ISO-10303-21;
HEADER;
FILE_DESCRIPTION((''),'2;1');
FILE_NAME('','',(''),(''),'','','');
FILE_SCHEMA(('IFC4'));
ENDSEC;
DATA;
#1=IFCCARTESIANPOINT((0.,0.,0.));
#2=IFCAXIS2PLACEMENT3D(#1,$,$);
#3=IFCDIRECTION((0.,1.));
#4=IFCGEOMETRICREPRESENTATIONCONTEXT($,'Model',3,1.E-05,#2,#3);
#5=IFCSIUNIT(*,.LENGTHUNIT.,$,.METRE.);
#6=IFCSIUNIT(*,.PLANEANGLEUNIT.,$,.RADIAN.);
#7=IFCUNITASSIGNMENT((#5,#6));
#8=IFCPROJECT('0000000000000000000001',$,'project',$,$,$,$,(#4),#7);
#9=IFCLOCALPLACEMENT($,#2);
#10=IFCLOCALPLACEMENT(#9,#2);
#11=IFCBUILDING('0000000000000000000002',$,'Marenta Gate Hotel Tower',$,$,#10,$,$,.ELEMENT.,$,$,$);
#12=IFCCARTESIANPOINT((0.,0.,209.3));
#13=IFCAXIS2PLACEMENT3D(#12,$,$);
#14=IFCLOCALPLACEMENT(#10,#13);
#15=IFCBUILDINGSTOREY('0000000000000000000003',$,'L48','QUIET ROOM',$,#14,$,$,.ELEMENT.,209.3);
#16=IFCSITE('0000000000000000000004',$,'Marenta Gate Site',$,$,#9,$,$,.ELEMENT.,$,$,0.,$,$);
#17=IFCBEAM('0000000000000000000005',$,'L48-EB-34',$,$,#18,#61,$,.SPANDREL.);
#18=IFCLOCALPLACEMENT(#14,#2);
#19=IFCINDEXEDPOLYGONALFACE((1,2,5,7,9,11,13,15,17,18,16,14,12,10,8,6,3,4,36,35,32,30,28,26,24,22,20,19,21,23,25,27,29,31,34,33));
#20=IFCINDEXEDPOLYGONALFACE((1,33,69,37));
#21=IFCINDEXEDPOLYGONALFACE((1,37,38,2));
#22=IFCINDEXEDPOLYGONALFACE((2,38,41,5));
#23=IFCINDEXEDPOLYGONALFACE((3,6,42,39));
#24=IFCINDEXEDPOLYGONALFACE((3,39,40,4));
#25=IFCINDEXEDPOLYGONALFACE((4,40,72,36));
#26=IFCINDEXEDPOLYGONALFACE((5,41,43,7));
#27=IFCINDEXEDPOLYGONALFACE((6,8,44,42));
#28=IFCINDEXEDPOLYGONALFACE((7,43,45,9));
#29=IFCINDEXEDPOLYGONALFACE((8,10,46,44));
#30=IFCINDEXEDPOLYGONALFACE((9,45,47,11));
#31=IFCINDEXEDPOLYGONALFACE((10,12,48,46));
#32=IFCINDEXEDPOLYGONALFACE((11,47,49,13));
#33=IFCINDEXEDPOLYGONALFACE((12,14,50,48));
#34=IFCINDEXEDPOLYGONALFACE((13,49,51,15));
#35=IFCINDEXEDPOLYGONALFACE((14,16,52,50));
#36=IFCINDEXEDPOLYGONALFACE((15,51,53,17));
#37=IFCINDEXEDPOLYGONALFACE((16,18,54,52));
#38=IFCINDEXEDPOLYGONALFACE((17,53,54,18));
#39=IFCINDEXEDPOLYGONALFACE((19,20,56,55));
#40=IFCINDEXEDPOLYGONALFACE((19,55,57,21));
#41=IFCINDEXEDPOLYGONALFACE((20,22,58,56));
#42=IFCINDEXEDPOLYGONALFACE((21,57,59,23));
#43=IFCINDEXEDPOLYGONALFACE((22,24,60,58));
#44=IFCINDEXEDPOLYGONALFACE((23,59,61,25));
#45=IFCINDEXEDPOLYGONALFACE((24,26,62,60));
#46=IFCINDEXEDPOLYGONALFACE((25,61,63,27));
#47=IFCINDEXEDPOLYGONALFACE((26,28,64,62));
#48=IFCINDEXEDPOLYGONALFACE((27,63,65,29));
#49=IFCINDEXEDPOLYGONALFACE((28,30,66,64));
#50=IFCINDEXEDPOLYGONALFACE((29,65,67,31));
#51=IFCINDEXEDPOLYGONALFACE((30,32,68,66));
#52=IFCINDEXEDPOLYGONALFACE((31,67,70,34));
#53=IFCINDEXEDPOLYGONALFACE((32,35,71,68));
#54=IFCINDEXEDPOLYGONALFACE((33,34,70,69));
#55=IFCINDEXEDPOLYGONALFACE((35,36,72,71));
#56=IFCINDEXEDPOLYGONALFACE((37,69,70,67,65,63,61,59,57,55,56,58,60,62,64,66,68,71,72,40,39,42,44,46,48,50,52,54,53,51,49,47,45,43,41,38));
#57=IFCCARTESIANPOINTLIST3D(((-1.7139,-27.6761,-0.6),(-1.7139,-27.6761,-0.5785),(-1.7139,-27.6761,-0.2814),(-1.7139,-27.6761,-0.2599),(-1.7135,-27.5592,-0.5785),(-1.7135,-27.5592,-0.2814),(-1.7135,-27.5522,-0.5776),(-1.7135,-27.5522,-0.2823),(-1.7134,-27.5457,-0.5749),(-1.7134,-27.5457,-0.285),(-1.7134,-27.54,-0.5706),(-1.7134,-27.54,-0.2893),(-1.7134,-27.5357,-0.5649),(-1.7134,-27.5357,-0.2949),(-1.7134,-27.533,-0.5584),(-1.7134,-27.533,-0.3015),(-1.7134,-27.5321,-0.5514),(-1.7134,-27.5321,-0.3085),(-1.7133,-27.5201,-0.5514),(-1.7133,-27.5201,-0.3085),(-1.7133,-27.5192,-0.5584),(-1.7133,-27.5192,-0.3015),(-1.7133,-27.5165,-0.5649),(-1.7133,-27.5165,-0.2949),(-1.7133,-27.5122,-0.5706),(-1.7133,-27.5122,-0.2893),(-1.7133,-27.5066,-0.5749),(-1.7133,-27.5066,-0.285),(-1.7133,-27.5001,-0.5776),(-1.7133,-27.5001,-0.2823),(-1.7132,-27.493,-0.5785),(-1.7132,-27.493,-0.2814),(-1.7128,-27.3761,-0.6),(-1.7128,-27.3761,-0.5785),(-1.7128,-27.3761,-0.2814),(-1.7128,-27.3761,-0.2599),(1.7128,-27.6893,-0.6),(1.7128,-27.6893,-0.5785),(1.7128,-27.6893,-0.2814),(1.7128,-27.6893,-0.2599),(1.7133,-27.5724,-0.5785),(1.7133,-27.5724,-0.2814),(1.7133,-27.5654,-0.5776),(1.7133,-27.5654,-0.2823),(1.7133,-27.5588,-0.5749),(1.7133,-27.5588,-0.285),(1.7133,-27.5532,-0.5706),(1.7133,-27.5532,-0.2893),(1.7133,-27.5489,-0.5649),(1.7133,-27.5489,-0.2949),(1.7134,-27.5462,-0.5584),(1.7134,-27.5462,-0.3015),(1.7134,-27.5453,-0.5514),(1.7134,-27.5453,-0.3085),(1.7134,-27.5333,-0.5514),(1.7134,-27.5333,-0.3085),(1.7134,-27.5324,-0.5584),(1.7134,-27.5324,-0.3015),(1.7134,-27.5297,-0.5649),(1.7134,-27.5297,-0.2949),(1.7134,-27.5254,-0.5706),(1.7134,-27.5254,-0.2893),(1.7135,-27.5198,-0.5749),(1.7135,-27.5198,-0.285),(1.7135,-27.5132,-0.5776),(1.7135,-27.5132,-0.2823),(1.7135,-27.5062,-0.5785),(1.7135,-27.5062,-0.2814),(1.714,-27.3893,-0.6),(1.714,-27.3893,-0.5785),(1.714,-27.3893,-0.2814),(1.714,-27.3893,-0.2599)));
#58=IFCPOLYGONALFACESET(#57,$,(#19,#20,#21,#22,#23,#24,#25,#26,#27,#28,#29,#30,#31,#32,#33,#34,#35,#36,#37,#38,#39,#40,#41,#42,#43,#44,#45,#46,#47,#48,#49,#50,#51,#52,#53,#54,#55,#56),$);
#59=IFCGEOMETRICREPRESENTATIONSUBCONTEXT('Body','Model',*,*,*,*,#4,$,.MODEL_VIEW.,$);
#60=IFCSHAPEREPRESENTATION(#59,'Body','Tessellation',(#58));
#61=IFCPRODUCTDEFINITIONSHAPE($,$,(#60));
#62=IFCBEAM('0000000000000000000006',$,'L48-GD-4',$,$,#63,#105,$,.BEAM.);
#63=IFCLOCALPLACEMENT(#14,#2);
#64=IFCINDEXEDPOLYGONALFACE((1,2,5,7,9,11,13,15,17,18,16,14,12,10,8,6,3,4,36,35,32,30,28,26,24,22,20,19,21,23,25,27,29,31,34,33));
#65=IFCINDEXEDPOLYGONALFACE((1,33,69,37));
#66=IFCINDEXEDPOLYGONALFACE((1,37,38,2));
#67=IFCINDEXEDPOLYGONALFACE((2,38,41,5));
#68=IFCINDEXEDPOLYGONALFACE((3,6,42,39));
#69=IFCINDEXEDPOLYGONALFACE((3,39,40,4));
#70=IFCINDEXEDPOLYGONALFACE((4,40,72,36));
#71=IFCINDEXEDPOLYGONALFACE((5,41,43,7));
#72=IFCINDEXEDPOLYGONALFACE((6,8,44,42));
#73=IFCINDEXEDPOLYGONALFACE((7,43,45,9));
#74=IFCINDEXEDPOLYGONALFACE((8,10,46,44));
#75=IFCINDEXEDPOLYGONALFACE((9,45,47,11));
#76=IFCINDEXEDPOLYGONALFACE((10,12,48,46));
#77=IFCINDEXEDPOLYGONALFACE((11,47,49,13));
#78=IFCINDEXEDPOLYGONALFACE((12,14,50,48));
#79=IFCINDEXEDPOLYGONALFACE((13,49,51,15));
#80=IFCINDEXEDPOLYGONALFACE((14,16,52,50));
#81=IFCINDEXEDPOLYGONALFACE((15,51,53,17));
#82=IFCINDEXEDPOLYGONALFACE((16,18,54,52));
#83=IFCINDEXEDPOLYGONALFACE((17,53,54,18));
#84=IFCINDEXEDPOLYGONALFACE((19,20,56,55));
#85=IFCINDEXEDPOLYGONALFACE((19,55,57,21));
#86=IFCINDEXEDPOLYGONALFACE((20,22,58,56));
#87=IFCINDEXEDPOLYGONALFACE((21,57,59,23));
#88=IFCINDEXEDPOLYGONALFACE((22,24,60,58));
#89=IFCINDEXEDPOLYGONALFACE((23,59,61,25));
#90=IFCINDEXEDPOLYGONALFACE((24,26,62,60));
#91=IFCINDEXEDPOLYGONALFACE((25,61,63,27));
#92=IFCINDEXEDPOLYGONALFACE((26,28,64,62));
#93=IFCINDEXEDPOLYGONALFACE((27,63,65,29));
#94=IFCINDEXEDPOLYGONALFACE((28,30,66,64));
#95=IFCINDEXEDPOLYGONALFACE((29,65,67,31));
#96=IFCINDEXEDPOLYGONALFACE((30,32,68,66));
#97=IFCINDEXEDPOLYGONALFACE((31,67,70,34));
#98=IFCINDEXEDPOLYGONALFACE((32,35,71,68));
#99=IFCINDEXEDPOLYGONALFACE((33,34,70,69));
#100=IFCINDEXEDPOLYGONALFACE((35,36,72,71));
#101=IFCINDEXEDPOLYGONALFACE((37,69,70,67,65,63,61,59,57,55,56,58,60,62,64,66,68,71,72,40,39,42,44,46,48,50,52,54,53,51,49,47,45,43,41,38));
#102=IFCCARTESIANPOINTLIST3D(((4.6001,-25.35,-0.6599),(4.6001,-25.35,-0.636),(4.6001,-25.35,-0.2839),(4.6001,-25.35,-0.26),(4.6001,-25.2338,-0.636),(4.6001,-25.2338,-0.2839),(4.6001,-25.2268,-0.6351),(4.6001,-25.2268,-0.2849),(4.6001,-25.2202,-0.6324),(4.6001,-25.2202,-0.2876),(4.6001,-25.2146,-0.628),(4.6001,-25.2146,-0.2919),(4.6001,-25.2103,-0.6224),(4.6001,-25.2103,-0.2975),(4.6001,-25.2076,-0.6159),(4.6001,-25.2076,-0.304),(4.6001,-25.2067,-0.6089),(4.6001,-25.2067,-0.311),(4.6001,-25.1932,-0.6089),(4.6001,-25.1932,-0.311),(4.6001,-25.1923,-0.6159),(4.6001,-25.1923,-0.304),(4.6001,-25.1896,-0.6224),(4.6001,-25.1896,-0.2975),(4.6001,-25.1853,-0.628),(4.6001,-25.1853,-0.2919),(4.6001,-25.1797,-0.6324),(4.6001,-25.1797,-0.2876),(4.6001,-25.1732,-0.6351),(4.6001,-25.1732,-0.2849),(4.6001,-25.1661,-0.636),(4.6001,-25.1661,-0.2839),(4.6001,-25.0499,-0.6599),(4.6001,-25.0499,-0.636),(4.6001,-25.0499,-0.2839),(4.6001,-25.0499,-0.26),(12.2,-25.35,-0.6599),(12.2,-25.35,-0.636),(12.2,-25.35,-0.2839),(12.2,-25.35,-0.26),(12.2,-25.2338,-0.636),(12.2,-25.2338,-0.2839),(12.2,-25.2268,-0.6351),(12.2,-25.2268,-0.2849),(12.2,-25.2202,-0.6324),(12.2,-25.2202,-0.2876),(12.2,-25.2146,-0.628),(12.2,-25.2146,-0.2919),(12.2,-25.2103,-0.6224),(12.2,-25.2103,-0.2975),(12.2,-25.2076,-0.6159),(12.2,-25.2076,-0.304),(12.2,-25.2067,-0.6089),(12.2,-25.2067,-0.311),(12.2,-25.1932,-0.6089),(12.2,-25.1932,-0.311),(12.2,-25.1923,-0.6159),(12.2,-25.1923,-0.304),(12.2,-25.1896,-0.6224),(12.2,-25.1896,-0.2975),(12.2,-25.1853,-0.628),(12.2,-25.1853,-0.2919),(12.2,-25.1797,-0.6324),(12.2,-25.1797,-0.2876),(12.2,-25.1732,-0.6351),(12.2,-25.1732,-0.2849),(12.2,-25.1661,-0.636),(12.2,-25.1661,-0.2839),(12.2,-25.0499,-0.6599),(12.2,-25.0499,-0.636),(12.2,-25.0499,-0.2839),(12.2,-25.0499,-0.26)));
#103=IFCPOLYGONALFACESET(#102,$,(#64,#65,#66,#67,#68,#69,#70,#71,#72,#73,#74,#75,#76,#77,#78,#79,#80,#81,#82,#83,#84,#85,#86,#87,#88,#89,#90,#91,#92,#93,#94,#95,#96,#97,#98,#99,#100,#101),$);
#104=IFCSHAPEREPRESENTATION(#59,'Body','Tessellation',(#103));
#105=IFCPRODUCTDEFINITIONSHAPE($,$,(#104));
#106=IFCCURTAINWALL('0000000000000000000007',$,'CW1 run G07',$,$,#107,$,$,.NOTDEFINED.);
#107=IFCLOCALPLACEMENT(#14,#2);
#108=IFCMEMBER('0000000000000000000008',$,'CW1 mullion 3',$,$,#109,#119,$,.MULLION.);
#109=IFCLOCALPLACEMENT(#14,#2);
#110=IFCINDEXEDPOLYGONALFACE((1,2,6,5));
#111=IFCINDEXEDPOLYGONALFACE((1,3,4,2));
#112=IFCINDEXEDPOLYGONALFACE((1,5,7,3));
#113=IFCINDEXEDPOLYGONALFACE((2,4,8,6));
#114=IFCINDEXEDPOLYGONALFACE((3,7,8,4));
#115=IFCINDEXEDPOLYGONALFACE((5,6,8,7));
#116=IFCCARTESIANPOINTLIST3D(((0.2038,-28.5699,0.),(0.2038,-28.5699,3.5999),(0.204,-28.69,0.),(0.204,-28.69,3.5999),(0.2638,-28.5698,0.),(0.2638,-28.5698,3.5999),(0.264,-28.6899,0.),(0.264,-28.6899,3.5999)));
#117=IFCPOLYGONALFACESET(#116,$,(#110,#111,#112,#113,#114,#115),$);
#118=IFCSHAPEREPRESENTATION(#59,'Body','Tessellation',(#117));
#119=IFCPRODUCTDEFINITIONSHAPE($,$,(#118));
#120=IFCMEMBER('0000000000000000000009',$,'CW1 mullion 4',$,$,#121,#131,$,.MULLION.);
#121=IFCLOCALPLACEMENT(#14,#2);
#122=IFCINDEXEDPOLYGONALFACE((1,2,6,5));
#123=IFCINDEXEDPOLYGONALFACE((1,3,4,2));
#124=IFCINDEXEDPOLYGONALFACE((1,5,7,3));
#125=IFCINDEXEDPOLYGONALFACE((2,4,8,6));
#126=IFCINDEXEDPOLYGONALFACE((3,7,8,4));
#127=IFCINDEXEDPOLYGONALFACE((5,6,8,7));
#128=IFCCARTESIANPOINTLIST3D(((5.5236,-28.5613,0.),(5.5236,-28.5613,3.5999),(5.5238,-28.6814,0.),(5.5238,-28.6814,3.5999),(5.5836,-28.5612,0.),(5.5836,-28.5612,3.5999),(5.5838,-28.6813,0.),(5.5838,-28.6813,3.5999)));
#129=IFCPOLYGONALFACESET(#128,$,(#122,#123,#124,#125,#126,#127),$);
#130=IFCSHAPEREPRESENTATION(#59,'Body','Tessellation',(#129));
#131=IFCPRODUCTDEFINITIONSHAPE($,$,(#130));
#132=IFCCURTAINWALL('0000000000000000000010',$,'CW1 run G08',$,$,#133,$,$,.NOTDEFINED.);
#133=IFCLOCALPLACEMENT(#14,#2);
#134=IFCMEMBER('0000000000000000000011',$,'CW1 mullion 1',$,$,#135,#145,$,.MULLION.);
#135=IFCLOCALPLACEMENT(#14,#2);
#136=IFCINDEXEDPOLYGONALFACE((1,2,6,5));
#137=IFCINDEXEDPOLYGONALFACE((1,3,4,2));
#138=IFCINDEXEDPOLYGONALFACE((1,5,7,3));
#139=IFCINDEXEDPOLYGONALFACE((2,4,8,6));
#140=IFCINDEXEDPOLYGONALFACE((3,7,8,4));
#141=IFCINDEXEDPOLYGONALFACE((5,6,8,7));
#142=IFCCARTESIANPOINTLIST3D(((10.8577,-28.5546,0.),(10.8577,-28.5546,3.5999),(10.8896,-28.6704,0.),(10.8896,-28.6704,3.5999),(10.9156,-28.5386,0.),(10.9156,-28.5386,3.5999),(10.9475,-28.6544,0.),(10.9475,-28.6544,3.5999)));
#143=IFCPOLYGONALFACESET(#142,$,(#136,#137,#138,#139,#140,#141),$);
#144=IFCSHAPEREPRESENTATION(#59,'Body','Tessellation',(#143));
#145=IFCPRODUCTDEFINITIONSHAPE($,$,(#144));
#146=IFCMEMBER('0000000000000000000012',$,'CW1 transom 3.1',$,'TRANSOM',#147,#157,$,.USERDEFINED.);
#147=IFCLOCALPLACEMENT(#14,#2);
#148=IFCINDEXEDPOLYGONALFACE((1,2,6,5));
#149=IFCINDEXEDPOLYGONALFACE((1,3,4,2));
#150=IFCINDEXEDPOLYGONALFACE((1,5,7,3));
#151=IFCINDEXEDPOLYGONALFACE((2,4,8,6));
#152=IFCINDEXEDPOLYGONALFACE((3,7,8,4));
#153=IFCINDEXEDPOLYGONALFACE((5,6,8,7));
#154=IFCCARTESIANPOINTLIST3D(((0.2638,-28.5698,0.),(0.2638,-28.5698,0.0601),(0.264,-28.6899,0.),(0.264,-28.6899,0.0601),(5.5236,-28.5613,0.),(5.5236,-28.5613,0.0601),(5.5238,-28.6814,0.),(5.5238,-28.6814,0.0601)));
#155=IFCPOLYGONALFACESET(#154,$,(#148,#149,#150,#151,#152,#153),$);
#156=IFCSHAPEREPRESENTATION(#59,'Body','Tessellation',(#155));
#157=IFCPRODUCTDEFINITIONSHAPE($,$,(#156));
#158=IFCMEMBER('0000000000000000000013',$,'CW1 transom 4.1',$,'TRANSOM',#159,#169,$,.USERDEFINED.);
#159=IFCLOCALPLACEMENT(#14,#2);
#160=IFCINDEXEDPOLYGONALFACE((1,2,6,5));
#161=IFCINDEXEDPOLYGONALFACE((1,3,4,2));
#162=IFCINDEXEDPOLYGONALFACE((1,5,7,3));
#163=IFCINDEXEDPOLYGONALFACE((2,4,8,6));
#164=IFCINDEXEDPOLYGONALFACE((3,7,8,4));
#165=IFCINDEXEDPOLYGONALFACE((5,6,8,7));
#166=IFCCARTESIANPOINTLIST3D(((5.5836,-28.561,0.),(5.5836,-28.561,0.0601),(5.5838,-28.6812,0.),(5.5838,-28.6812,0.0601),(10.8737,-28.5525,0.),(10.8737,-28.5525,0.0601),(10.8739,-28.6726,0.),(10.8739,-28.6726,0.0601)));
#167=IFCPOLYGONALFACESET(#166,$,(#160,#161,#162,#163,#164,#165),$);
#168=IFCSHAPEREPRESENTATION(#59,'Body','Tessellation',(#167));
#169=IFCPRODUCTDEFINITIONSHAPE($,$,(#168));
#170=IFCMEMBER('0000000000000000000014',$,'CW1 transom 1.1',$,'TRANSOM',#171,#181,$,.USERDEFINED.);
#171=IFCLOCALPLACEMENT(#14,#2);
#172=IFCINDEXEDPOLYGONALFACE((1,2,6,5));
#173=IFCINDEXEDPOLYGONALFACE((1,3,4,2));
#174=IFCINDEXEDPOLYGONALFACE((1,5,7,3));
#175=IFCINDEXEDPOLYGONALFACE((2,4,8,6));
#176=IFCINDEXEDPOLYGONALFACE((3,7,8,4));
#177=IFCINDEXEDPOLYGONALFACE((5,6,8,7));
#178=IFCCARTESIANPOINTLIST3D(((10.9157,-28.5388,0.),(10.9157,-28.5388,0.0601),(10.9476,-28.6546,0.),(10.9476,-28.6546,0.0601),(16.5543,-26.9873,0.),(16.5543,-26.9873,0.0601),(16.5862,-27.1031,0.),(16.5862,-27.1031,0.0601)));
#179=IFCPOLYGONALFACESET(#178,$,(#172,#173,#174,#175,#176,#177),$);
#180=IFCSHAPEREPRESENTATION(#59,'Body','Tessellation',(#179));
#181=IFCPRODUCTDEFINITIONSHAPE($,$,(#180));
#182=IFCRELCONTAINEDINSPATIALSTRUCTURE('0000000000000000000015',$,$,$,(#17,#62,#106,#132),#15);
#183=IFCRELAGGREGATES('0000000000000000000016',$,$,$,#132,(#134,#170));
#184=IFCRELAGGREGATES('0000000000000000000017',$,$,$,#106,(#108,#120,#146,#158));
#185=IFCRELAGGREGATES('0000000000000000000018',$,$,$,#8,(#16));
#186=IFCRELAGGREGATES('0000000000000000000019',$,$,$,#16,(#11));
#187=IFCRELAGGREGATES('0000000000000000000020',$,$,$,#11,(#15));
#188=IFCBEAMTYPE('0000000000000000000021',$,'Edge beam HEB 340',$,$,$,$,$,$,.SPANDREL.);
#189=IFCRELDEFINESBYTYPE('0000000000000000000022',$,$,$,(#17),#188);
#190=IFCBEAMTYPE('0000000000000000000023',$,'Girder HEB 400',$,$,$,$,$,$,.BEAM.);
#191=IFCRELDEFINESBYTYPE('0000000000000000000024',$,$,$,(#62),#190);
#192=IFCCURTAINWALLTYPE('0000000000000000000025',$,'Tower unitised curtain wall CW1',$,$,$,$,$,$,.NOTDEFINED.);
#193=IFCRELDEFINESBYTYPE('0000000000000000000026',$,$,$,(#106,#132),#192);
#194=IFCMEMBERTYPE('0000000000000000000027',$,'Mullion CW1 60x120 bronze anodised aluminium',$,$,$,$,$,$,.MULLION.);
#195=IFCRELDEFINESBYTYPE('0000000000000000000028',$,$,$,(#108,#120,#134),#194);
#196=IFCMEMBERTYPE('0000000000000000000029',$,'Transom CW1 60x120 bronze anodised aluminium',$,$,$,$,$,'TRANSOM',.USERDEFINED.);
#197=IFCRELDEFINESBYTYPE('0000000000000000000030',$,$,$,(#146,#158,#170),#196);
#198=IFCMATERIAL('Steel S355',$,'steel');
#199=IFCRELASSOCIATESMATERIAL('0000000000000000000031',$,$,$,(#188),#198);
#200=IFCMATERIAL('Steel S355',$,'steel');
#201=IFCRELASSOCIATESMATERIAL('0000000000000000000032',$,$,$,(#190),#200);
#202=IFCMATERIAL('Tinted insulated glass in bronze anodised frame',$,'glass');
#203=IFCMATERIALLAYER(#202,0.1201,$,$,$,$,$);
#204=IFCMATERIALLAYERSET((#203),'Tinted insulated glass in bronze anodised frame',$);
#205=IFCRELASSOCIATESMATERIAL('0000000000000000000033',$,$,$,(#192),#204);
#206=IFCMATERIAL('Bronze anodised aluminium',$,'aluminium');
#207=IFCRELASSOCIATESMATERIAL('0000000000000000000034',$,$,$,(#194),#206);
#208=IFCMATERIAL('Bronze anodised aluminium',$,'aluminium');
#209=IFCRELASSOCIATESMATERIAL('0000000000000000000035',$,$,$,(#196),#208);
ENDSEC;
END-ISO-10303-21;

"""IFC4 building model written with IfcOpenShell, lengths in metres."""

from ifc_helpers import new_model, si_unit, direction, frame, origin, origin_2d, place, context, subcontext, project, spatial, rectangle, i_section, extrude, material, layer, layer_set, material_profile, profile_set, type_object, element, aggregate, save


model = new_model("IFC4")

# Units and contexts
model_context = context("Model", 3, precision=1e-05, world=origin(), true_north=direction((0.0, 1.0)))
body_context = subcontext(model_context, "Body", "Model", "MODEL_VIEW")
ifc_project = project(units=[si_unit("LENGTHUNIT", "METRE"), si_unit("PLANEANGLEUNIT", "RADIAN")], contexts=[model_context])

# Site, building, storey
site_placement = place(None, origin())
site = spatial("IfcSite", under=ifc_project, at=site_placement, Name="Marenta Gate Site", CompositionType="ELEMENT", RefElevation=0.0)
building_placement = place(site_placement, origin())
building = spatial("IfcBuilding", under=site, at=building_placement, Name="Marenta Gate Hotel Tower", CompositionType="ELEMENT")
storey_placement = place(building_placement, frame((0.0, 0.0, 209.3)))
storey = spatial("IfcBuildingStorey", under=building, at=storey_placement, Name="L48", Description="QUIET ROOM", CompositionType="ELEMENT", Elevation=209.3)

# Beams
ifc_material_1 = material(Name="Steel S355", Category="steel")
ifc_material_profile_1 = material_profile(ifc_material_1, i_section(OverallWidth=0.3, OverallDepth=0.3401, WebThickness=0.012, FlangeThickness=0.0215, FilletRadius=0.0271, at=origin_2d()), Name="HEB 340")
ifc_profile_set_1 = profile_set([ifc_material_profile_1], Name="Steel S355")
beam_type_1 = type_object("IfcBeamType", Name="Edge beam HEB 340", PredefinedType="SPANDREL", material=ifc_profile_set_1)
for number, where, z_axis, x_axis, name in (
    (1, (1.7134, -27.5393, -0.4299), (-0.999993, 0.003847, 0.0), (-0.003847, -0.999993, 0.0), "L48-EB-34"),
):
    element("IfcBeam", number, at=place(storey_placement, frame(where, z_axis=z_axis, x_axis=x_axis)), inside=storey, type_object=beam_type_1, Name=name, PredefinedType="SPANDREL", context=body_context, shape_type="SweptSolid", body=[
        extrude(i_section(OverallWidth=0.3, OverallDepth=0.3401, WebThickness=0.012, FlangeThickness=0.0215, FilletRadius=0.0271, at=origin_2d()), origin(), (0.0, 0.0, 1.0), 3.4268),
    ])
ifc_material_2 = material(Name="Steel S355", Category="steel")
ifc_material_profile_2 = material_profile(ifc_material_2, i_section(OverallWidth=0.3, OverallDepth=0.3999, WebThickness=0.0134, FlangeThickness=0.0239, FilletRadius=0.0271, at=origin_2d()), Name="HEB 400")
ifc_profile_set_2 = profile_set([ifc_material_profile_2], Name="Steel S355")
beam_type_2 = type_object("IfcBeamType", Name="Girder HEB 400", PredefinedType="BEAM", material=ifc_profile_set_2)
beam_1_placement = place(storey_placement, frame((4.6001, -25.2, -0.46), z_axis=(1.0, 0.0, 0.0), x_axis=(0.0, 1.0, 0.0)))
element("IfcBeam", 2, at=beam_1_placement, inside=storey, type_object=beam_type_2, Name="L48-GD-4", PredefinedType="BEAM", context=body_context, shape_type="SweptSolid", body=[
    extrude(i_section(OverallWidth=0.3, OverallDepth=0.3999, WebThickness=0.0134, FlangeThickness=0.0239, FilletRadius=0.0271, at=origin_2d()), origin(), (0.0, 0.0, 1.0), 7.5999),
])

# Curtain wall, members
ifc_material_3 = material(Name="Tinted insulated glass in bronze anodised frame", Category="glass")
ifc_layer_1 = layer(ifc_material_3, 0.1201)
ifc_layer_set_1 = layer_set([ifc_layer_1], Name="Tinted insulated glass in bronze anodised frame")
curtain_wall_type = type_object("IfcCurtainWallType", Name="Tower unitised curtain wall CW1", PredefinedType="NOTDEFINED", material=ifc_layer_set_1)
curtain_wall_1_placement = place(storey_placement, origin())
curtain_wall_1 = element("IfcCurtainWall", 3, at=curtain_wall_1_placement, inside=storey, type_object=curtain_wall_type, Name="CW1 run G07", PredefinedType="NOTDEFINED")
ifc_material_4 = material(Name="Bronze anodised aluminium", Category="aluminium")
ifc_material_profile_3 = material_profile(ifc_material_4, rectangle(XDim=0.1201, YDim=0.0601, at=origin_2d()), Name="Mullion CW1 60x120 bronze anodised aluminium")
ifc_profile_set_3 = profile_set([ifc_material_profile_3], Name="Bronze anodised aluminium")
member_type_1 = type_object("IfcMemberType", Name="Mullion CW1 60x120 bronze anodised aluminium", PredefinedType="MULLION", material=ifc_profile_set_3)
member_1_placement = place(storey_placement, frame((0.2339, -28.6299, 0.0), z_axis=(0.0, 0.0, 1.0), x_axis=(-0.001645, 0.999999, 0.0)))
member_1 = element("IfcMember", 4, at=member_1_placement, type_object=member_type_1, Name="CW1 mullion 3", PredefinedType="MULLION", context=body_context, shape_type="SweptSolid", body=[
    extrude(rectangle(XDim=0.1201, YDim=0.0601, at=origin_2d()), origin(), (0.0, 0.0, 1.0), 3.5999),
])
member_2_placement = place(storey_placement, frame((5.5537, -28.6213, 0.0), z_axis=(0.0, 0.0, 1.0), x_axis=(-0.001645, 0.999999, 0.0)))
member_2 = element("IfcMember", 5, at=member_2_placement, type_object=member_type_1, Name="CW1 mullion 4", PredefinedType="MULLION", context=body_context, shape_type="SweptSolid", body=[
    extrude(rectangle(XDim=0.1201, YDim=0.0601, at=origin_2d()), origin(), (0.0, 0.0, 1.0), 3.5999),
])

# Curtain wall, member
curtain_wall_2_placement = place(storey_placement, origin())
curtain_wall_2 = element("IfcCurtainWall", 6, at=curtain_wall_2_placement, inside=storey, type_object=curtain_wall_type, Name="CW1 run G08", PredefinedType="NOTDEFINED")
member_3_placement = place(storey_placement, frame((10.9026, -28.6045, 0.0), z_axis=(0.0, 0.0, 1.0), x_axis=(-0.265293, 0.964168, 0.0)))
member_3 = element("IfcMember", 7, at=member_3_placement, type_object=member_type_1, Name="CW1 mullion 1", PredefinedType="MULLION", context=body_context, shape_type="SweptSolid", body=[
    extrude(rectangle(XDim=0.1201, YDim=0.0601, at=origin_2d()), origin(), (0.0, 0.0, 1.0), 3.5999),
])

# Members
ifc_material_5 = material(Name="Bronze anodised aluminium", Category="aluminium")
ifc_material_profile_4 = material_profile(ifc_material_5, rectangle(XDim=0.1201, YDim=0.0601, at=origin_2d()), Name="Transom CW1 60x120 bronze anodised aluminium")
ifc_profile_set_4 = profile_set([ifc_material_profile_4], Name="Bronze anodised aluminium")
member_type_2 = type_object("IfcMemberType", Name="Transom CW1 60x120 bronze anodised aluminium", ElementType="TRANSOM", PredefinedType="USERDEFINED", material=ifc_profile_set_4)
member_4_placement = place(storey_placement, frame((0.2639, -28.6299, 0.03), z_axis=(0.999999, 0.001625, 0.0), x_axis=(-0.001625, 0.999999, 0.0)))
member_4 = element("IfcMember", 8, at=member_4_placement, type_object=member_type_2, Name="CW1 transom 3.1", ObjectType="TRANSOM", PredefinedType="USERDEFINED", context=body_context, shape_type="SweptSolid", body=[
    extrude(rectangle(XDim=0.1201, YDim=0.0601, at=origin_2d()), origin(), (0.0, 0.0, 1.0), 5.2598),
])
member_5_placement = place(storey_placement, frame((5.5837, -28.6211, 0.03), z_axis=(0.999999, 0.001615, 0.0), x_axis=(-0.001615, 0.999999, 0.0)))
member_5 = element("IfcMember", 9, at=member_5_placement, type_object=member_type_2, Name="CW1 transom 4.1", ObjectType="TRANSOM", PredefinedType="USERDEFINED", context=body_context, shape_type="SweptSolid", body=[
    extrude(rectangle(XDim=0.1201, YDim=0.0601, at=origin_2d()), origin(), (0.0, 0.0, 1.0), 5.29),
])
member_6_placement = place(storey_placement, frame((10.9316, -28.5967, 0.03), z_axis=(0.964167, 0.265296, 0.0), x_axis=(-0.265296, 0.964167, 0.0)))
member_6 = element("IfcMember", 10, at=member_6_placement, type_object=member_type_2, Name="CW1 transom 1.1", ObjectType="TRANSOM", PredefinedType="USERDEFINED", context=body_context, shape_type="SweptSolid", body=[
    extrude(rectangle(XDim=0.1201, YDim=0.0601, at=origin_2d()), origin(), (0.0, 0.0, 1.0), 5.8481),
])
aggregate(curtain_wall_2, [member_3, member_6])

aggregate(curtain_wall_1, [member_1, member_2, member_4, member_5])

save(model, "model.ifc")
